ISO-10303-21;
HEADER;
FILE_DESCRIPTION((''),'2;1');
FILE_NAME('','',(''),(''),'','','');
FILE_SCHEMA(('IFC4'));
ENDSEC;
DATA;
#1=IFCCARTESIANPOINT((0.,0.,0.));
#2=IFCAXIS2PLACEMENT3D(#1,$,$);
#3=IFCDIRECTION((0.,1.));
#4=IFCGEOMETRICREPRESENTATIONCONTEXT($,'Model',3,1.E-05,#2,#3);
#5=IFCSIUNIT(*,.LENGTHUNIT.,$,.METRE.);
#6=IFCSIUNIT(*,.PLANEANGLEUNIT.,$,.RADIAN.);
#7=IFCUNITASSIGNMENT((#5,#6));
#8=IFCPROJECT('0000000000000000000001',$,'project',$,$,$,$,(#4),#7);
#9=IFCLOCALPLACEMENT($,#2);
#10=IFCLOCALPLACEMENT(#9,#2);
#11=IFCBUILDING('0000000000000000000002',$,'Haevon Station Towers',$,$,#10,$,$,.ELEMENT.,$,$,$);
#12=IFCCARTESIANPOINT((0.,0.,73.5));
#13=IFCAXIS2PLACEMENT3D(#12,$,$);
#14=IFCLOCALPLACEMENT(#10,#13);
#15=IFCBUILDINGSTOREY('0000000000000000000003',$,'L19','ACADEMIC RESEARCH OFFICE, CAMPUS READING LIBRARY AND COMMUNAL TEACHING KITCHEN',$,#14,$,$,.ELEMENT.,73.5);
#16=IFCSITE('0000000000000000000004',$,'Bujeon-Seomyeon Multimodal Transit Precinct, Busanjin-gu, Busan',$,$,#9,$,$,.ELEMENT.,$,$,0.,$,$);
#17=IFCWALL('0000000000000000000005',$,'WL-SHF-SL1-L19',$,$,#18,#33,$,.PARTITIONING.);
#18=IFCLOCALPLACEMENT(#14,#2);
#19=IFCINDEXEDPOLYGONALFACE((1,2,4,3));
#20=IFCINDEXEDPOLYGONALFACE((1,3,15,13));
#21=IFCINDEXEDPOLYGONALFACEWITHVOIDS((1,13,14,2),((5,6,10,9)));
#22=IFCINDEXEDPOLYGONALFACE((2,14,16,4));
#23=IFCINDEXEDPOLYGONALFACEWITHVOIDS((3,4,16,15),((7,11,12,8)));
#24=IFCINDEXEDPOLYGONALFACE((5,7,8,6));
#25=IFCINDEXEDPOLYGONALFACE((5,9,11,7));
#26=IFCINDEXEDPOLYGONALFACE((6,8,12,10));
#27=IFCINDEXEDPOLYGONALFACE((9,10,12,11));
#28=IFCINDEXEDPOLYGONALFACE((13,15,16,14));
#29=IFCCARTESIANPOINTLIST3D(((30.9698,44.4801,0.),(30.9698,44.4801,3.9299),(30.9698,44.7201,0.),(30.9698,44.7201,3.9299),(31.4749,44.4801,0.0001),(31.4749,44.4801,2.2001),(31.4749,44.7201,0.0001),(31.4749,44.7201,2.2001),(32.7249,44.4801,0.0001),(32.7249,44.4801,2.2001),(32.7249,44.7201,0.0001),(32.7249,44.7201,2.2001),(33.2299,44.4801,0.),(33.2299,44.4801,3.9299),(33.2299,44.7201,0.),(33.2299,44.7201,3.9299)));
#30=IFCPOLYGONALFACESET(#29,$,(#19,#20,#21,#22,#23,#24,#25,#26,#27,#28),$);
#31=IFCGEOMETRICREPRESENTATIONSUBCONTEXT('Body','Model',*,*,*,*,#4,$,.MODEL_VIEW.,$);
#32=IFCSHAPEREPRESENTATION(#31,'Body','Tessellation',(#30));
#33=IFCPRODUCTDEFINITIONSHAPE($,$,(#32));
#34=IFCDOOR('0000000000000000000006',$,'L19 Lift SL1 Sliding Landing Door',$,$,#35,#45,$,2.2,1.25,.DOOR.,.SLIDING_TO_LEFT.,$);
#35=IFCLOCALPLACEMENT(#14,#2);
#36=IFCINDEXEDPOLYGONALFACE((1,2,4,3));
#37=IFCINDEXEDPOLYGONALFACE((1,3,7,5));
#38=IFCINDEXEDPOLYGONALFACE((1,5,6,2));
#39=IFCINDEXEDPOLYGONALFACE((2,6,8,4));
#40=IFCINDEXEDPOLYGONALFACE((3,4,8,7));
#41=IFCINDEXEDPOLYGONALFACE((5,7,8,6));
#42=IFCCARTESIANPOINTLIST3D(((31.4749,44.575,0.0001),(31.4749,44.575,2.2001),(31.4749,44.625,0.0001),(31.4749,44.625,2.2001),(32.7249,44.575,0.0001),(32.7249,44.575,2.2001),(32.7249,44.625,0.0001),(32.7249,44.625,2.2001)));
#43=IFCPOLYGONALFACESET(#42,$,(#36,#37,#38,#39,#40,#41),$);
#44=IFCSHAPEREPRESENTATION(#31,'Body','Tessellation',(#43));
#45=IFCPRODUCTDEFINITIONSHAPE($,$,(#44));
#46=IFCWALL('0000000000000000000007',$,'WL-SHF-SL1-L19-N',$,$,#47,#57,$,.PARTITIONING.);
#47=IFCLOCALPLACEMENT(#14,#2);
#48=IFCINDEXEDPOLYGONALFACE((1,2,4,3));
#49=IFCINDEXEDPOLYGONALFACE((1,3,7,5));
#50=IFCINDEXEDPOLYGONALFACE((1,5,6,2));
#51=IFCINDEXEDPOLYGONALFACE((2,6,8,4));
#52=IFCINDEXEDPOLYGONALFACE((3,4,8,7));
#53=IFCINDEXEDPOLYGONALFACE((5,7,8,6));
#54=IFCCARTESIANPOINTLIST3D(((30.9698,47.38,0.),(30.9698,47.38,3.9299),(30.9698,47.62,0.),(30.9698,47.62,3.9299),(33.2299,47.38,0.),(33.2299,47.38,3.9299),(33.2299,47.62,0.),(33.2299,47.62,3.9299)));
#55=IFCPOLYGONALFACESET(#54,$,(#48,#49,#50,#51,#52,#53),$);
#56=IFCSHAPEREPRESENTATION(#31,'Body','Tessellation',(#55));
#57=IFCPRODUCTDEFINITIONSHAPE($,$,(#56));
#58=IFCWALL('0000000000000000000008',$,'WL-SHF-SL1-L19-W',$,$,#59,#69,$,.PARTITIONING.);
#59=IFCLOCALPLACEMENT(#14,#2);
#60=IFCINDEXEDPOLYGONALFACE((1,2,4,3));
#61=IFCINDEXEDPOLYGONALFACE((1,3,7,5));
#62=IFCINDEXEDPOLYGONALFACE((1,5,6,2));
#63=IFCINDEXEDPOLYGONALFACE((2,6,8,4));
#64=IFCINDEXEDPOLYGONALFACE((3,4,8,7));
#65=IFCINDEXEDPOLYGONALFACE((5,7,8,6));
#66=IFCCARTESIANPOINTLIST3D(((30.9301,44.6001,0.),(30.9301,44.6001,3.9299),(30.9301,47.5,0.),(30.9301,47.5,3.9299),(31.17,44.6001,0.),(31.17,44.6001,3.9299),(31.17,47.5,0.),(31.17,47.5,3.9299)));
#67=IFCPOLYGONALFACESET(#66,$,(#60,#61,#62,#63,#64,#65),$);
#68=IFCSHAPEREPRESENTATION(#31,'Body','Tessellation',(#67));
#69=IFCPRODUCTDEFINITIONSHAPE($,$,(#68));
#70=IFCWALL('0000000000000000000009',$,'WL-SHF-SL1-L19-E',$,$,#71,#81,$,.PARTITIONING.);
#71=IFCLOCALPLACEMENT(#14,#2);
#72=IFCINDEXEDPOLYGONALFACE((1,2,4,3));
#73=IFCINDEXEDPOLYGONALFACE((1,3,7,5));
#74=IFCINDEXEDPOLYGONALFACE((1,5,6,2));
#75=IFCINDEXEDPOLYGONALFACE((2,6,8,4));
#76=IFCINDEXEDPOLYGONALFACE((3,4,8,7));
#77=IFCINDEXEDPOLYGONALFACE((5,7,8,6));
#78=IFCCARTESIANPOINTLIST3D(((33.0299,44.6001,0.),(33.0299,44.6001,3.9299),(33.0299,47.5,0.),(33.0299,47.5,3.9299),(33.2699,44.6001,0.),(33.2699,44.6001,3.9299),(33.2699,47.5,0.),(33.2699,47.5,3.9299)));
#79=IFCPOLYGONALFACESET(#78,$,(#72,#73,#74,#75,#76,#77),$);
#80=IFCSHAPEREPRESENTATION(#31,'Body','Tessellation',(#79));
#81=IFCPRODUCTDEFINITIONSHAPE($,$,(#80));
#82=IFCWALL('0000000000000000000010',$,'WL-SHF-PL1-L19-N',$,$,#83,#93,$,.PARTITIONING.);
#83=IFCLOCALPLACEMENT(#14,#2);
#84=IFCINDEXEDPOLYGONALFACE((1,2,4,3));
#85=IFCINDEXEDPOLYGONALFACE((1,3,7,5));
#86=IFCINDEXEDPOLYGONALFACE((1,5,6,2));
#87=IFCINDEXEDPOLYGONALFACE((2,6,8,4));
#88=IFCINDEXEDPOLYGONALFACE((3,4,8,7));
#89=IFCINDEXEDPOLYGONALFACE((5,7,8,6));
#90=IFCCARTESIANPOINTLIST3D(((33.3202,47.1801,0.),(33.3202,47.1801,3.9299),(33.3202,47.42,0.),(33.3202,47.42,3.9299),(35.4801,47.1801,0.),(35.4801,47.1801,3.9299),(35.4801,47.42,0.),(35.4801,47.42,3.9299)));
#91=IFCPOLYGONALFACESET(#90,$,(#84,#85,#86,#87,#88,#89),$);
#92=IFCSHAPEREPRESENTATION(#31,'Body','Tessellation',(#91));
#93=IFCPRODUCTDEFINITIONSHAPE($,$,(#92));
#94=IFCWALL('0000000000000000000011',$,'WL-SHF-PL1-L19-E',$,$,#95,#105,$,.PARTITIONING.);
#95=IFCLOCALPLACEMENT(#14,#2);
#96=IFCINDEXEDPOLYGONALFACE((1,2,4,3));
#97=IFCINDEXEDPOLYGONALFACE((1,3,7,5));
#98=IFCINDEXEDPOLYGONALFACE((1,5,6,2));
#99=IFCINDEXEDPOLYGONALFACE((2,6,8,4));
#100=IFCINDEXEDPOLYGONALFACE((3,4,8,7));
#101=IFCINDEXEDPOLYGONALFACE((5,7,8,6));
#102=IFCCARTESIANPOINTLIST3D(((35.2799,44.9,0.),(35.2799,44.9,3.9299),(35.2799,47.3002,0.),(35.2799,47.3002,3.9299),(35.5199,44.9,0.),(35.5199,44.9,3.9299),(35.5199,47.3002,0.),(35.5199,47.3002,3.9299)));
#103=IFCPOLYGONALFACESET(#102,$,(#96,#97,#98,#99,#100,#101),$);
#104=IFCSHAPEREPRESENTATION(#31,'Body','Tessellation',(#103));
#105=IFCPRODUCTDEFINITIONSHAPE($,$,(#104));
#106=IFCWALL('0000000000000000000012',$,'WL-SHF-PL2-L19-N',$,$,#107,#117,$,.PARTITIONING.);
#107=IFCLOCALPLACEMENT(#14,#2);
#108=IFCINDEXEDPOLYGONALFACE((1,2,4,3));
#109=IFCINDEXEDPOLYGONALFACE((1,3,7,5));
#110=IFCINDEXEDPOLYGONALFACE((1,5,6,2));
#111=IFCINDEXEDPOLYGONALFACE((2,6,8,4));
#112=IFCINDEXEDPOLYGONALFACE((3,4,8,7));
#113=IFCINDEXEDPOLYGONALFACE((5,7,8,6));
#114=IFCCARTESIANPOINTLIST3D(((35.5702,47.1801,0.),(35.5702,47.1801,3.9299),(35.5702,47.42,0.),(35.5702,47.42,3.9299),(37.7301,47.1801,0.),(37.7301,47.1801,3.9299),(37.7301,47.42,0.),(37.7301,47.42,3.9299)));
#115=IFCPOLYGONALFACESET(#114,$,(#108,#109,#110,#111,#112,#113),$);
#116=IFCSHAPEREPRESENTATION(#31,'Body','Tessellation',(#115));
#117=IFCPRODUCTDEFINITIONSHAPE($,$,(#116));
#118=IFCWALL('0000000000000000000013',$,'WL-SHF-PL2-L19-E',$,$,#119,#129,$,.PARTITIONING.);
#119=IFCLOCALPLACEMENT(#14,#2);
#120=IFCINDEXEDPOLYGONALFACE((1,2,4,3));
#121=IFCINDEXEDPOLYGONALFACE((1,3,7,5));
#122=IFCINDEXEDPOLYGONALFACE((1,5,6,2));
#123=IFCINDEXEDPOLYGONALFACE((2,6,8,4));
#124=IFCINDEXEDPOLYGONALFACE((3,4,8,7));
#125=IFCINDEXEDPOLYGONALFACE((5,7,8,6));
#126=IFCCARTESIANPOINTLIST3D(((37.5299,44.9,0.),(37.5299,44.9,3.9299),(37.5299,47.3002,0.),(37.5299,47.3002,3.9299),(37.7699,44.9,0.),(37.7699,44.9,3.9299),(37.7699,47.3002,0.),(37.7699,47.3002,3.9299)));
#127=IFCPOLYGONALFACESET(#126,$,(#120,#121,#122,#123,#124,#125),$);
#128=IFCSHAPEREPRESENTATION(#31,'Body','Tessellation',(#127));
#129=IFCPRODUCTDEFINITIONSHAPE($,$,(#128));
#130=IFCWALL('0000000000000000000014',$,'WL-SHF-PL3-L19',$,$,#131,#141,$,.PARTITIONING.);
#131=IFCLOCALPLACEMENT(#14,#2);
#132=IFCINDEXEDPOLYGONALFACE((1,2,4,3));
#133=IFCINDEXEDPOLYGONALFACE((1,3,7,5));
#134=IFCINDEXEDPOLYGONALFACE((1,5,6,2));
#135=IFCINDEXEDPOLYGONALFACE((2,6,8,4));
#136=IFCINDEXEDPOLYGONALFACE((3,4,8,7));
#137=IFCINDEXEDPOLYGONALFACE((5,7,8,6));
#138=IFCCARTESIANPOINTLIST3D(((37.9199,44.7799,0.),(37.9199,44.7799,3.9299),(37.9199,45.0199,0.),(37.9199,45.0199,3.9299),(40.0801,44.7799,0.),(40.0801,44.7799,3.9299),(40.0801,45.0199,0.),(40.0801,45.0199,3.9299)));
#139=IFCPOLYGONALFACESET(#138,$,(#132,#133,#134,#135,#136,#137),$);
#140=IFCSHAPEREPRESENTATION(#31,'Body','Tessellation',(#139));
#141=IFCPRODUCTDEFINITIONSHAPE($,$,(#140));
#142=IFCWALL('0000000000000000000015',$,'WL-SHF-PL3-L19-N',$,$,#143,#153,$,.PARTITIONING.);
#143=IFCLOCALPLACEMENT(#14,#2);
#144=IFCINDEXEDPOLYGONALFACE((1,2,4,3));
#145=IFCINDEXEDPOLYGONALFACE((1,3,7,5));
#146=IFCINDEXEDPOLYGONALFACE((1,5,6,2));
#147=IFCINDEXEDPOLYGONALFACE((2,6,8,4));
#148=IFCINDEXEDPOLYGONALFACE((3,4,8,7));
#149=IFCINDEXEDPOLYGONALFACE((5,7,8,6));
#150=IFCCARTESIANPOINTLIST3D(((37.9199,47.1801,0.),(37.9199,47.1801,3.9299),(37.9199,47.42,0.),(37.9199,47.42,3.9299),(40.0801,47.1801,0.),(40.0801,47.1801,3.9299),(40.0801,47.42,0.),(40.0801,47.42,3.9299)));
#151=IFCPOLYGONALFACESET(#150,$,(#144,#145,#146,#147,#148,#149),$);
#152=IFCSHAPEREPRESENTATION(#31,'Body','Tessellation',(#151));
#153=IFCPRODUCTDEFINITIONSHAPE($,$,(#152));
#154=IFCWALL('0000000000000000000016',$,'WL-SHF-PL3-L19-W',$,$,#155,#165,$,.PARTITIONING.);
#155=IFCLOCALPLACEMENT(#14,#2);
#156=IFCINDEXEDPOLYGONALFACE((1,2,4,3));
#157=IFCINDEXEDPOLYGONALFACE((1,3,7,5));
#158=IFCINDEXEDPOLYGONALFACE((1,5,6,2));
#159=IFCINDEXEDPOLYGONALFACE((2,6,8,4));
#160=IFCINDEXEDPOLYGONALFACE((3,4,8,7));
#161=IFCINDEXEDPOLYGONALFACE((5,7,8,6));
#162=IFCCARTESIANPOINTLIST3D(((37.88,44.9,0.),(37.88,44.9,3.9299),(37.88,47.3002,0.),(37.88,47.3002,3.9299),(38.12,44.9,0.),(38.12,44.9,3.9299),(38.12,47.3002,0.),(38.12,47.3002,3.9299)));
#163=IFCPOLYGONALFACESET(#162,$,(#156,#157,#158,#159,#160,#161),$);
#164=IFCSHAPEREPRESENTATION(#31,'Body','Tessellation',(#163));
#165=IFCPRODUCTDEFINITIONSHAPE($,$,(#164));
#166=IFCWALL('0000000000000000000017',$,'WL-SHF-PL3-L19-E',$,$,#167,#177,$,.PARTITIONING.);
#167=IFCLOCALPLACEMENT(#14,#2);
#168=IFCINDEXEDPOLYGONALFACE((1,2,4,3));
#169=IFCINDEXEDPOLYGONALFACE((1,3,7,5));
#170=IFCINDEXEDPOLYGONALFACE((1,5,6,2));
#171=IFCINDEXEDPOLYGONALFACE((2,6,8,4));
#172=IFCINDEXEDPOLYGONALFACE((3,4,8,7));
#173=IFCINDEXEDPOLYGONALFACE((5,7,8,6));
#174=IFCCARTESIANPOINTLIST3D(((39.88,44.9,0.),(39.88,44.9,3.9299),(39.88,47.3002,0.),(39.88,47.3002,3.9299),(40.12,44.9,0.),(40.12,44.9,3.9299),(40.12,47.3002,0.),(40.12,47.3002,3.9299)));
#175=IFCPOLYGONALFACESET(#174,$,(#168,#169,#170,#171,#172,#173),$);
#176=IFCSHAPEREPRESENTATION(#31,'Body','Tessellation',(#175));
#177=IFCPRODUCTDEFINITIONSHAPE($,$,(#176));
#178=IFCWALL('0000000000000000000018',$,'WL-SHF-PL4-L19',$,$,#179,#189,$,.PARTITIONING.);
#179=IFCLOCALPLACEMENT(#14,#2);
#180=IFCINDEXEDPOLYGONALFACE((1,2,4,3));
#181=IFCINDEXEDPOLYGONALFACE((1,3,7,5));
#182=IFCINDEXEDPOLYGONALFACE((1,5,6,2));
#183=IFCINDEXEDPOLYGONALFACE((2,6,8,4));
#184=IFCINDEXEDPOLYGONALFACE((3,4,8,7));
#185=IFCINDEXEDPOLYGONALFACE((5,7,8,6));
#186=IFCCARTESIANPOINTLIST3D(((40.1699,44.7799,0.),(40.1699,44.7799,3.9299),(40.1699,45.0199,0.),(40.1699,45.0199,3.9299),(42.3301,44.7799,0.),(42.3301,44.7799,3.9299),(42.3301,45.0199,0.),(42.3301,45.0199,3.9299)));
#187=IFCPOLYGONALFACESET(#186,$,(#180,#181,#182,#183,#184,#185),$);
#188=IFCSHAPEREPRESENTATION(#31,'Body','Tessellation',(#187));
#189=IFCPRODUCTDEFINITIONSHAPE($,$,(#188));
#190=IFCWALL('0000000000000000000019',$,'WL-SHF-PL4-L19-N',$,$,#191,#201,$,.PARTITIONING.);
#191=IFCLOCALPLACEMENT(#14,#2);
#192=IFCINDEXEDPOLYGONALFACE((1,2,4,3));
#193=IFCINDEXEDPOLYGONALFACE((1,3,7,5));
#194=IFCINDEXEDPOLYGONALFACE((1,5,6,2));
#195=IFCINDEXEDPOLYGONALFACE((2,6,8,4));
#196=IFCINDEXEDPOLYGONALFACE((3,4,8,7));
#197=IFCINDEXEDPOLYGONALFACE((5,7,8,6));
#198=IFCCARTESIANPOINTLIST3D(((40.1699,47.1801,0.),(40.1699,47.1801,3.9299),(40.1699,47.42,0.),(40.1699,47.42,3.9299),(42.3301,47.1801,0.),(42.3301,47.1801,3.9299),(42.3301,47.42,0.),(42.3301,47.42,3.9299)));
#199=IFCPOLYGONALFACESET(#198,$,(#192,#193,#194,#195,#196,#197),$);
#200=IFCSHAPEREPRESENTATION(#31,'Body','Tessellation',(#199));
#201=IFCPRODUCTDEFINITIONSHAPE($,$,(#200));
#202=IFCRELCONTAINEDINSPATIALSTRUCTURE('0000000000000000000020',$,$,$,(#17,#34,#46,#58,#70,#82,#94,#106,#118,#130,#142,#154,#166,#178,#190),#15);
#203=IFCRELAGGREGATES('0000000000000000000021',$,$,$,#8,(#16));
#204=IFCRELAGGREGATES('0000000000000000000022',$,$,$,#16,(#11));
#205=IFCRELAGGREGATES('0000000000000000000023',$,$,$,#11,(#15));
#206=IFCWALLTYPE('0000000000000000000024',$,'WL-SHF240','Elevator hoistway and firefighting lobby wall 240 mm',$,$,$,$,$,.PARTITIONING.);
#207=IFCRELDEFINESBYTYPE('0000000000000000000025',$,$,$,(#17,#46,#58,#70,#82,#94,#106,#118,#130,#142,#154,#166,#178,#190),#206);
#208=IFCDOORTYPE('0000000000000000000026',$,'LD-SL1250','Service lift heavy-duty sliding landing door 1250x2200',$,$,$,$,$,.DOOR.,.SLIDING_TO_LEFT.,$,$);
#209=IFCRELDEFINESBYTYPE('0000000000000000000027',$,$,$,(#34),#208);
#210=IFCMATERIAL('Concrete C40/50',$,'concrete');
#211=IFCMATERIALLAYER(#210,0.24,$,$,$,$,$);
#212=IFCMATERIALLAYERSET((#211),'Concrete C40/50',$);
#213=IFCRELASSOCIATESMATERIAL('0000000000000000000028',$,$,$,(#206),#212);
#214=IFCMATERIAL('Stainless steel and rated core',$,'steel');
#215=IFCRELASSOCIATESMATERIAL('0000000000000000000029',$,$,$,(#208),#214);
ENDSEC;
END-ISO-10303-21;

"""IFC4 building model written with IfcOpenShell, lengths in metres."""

from ifc_helpers import new_model, si_unit, direction, frame, frame_2d, origin, place, context, subcontext, project, spatial, rectangle, extrude, material, layer, layer_set, type_object, element, fill, save


model = new_model("IFC4")

# Units and contexts
model_context = context("Model", 3, precision=1e-05, world=origin(), true_north=direction((0.0, 1.0)))
body_context = subcontext(model_context, "Body", "Model", "MODEL_VIEW")
ifc_project = project(units=[si_unit("LENGTHUNIT", "METRE"), si_unit("PLANEANGLEUNIT", "RADIAN")], contexts=[model_context])

# Site, building, storey
site_placement = place(None, origin())
site = spatial("IfcSite", under=ifc_project, at=site_placement, Name="Bujeon-Seomyeon Multimodal Transit Precinct, Busanjin-gu, Busan", CompositionType="ELEMENT", RefElevation=0.0)
building_placement = place(site_placement, origin())
building = spatial("IfcBuilding", under=site, at=building_placement, Name="Haevon Station Towers", CompositionType="ELEMENT")
storey_placement = place(building_placement, frame((0.0, 0.0, 73.5)))
storey = spatial("IfcBuildingStorey", under=building, at=storey_placement, Name="L19", Description="ACADEMIC RESEARCH OFFICE, CAMPUS READING LIBRARY AND COMMUNAL TEACHING KITCHEN", CompositionType="ELEMENT", Elevation=73.5)

# Wall, opening, door
ifc_material_1 = material(Name="Concrete C40/50", Category="concrete")
ifc_layer_1 = layer(ifc_material_1, 0.24)
ifc_layer_set_1 = layer_set([ifc_layer_1], Name="Concrete C40/50")
wall_type_1 = type_object("IfcWallType", Name="WL-SHF240", Description="Elevator hoistway and firefighting lobby wall 240 mm", PredefinedType="PARTITIONING", material=ifc_layer_set_1)
wall_1_placement = place(storey_placement, frame((30.97, 44.6001, 0.0), z_axis=(0.0, 0.0, 1.0), x_axis=(1.0, 0.0, 0.0)))
wall_1 = element("IfcWall", 1, at=wall_1_placement, inside=storey, type_object=wall_type_1, Name="WL-SHF-SL1-L19", PredefinedType="PARTITIONING", context=body_context, shape_type="SweptSolid", body=[
    extrude(rectangle(XDim=2.26, YDim=0.24, at=frame_2d((1.1299, 0.0))), origin(), (0.0, 0.0, 1.0), 3.9299),
])
opening_1_placement = place(wall_1_placement, frame((0.5049, 0.0, 0.0)))
opening_1 = element("IfcOpeningElement", 2, at=opening_1_placement, cuts=wall_1, PredefinedType="OPENING", context=body_context, shape_type="SweptSolid", body=[
    extrude(rectangle(XDim=1.25, YDim=2.2, at=frame_2d((0.625, 1.1001))), frame((0.0, 0.1299, 0.0), z_axis=(0.0, -1.0, 0.0), x_axis=(1.0, 0.0, 0.0)), (0.0, 0.0, 1.0), 0.26),
])
ifc_material_2 = material(Name="Stainless steel and rated core", Category="steel")
door_type_1 = type_object("IfcDoorType", Name="LD-SL1250", Description="Service lift heavy-duty sliding landing door 1250x2200", OperationType="SLIDING_TO_LEFT", PredefinedType="DOOR", material=ifc_material_2)
door_1_placement = place(opening_1_placement, origin())
door_1 = element("IfcDoor", 3, at=door_1_placement, inside=storey, type_object=door_type_1, Name="L19 Lift SL1 Sliding Landing Door", OperationType="SLIDING_TO_LEFT", OverallHeight=2.2, OverallWidth=1.25, PredefinedType="DOOR", context=body_context, shape_type="SweptSolid", body=[
    extrude(rectangle(XDim=1.25, YDim=2.2, at=frame_2d((0.625, 1.1001))), frame((0.0, 0.0249, 0.0), z_axis=(0.0, -1.0, 0.0), x_axis=(1.0, 0.0, 0.0)), (0.0, 0.0, 1.0), 0.05),
])
fill(opening_1, door_1)

# Walls
wall_2_placement = place(storey_placement, frame((30.97, 47.5, 0.0), z_axis=(0.0, 0.0, 1.0), x_axis=(1.0, 0.0, 0.0)))
element("IfcWall", 4, at=wall_2_placement, inside=storey, type_object=wall_type_1, Name="WL-SHF-SL1-L19-N", PredefinedType="PARTITIONING", context=body_context, shape_type="SweptSolid", body=[
    extrude(rectangle(XDim=2.26, YDim=0.24, at=frame_2d((1.1299, 0.0))), origin(), (0.0, 0.0, 1.0), 3.9299),
])
for number, where, z_axis, x_axis, name in (
    (5, (31.05, 44.6001, 0.0), (0.0, 0.0, 1.0), (0.0, 1.0, 0.0), "WL-SHF-SL1-L19-W"),
    (6, (33.1499, 44.6001, 0.0), (0.0, 0.0, 1.0), (0.0, 1.0, 0.0), "WL-SHF-SL1-L19-E"),
):
    element("IfcWall", number, at=place(storey_placement, frame(where, z_axis=z_axis, x_axis=x_axis)), inside=storey, type_object=wall_type_1, Name=name, PredefinedType="PARTITIONING", context=body_context, shape_type="SweptSolid", body=[
        extrude(rectangle(XDim=2.8999, YDim=0.24, at=frame_2d((1.45, 0.0))), origin(), (0.0, 0.0, 1.0), 3.9299),
    ])

# Walls
wall_3_placement = place(storey_placement, frame((33.3201, 47.3, 0.0), z_axis=(0.0, 0.0, 1.0), x_axis=(1.0, 0.0, 0.0)))
element("IfcWall", 7, at=wall_3_placement, inside=storey, type_object=wall_type_1, Name="WL-SHF-PL1-L19-N", PredefinedType="PARTITIONING", context=body_context, shape_type="SweptSolid", body=[
    extrude(rectangle(XDim=2.1599, YDim=0.24, at=frame_2d((1.0801, 0.0))), origin(), (0.0, 0.0, 1.0), 3.9299),
])
wall_4_placement = place(storey_placement, frame((35.3999, 44.8999, 0.0), z_axis=(0.0, 0.0, 1.0), x_axis=(0.0, 1.0, 0.0)))
element("IfcWall", 8, at=wall_4_placement, inside=storey, type_object=wall_type_1, Name="WL-SHF-PL1-L19-E", PredefinedType="PARTITIONING", context=body_context, shape_type="SweptSolid", body=[
    extrude(rectangle(XDim=2.4001, YDim=0.24, at=frame_2d((1.2002, 0.0))), origin(), (0.0, 0.0, 1.0), 3.9299),
])

# Walls
wall_5_placement = place(storey_placement, frame((35.5701, 47.3, 0.0), z_axis=(0.0, 0.0, 1.0), x_axis=(1.0, 0.0, 0.0)))
element("IfcWall", 9, at=wall_5_placement, inside=storey, type_object=wall_type_1, Name="WL-SHF-PL2-L19-N", PredefinedType="PARTITIONING", context=body_context, shape_type="SweptSolid", body=[
    extrude(rectangle(XDim=2.1599, YDim=0.24, at=frame_2d((1.0801, 0.0))), origin(), (0.0, 0.0, 1.0), 3.9299),
])
wall_6_placement = place(storey_placement, frame((37.6499, 44.8999, 0.0), z_axis=(0.0, 0.0, 1.0), x_axis=(0.0, 1.0, 0.0)))
element("IfcWall", 10, at=wall_6_placement, inside=storey, type_object=wall_type_1, Name="WL-SHF-PL2-L19-E", PredefinedType="PARTITIONING", context=body_context, shape_type="SweptSolid", body=[
    extrude(rectangle(XDim=2.4001, YDim=0.24, at=frame_2d((1.2002, 0.0))), origin(), (0.0, 0.0, 1.0), 3.9299),
])
for number, where, z_axis, x_axis, name in (
    (11, (37.9199, 44.8999, 0.0), (0.0, 0.0, 1.0), (1.0, 0.0, 0.0), "WL-SHF-PL3-L19"),
    (12, (37.9199, 47.3, 0.0), (0.0, 0.0, 1.0), (1.0, 0.0, 0.0), "WL-SHF-PL3-L19-N"),
):
    element("IfcWall", number, at=place(storey_placement, frame(where, z_axis=z_axis, x_axis=x_axis)), inside=storey, type_object=wall_type_1, Name=name, PredefinedType="PARTITIONING", context=body_context, shape_type="SweptSolid", body=[
        extrude(rectangle(XDim=2.1602, YDim=0.24, at=frame_2d((1.0801, 0.0))), origin(), (0.0, 0.0, 1.0), 3.9299),
    ])
for number, where, z_axis, x_axis, name in (
    (13, (38.0, 44.8999, 0.0), (0.0, 0.0, 1.0), (0.0, 1.0, 0.0), "WL-SHF-PL3-L19-W"),
    (14, (40.0, 44.8999, 0.0), (0.0, 0.0, 1.0), (0.0, 1.0, 0.0), "WL-SHF-PL3-L19-E"),
):
    element("IfcWall", number, at=place(storey_placement, frame(where, z_axis=z_axis, x_axis=x_axis)), inside=storey, type_object=wall_type_1, Name=name, PredefinedType="PARTITIONING", context=body_context, shape_type="SweptSolid", body=[
        extrude(rectangle(XDim=2.4001, YDim=0.24, at=frame_2d((1.2002, 0.0))), origin(), (0.0, 0.0, 1.0), 3.9299),
    ])
for number, where, z_axis, x_axis, name in (
    (15, (40.1699, 44.8999, 0.0), (0.0, 0.0, 1.0), (1.0, 0.0, 0.0), "WL-SHF-PL4-L19"),
    (16, (40.1699, 47.3, 0.0), (0.0, 0.0, 1.0), (1.0, 0.0, 0.0), "WL-SHF-PL4-L19-N"),
):
    element("IfcWall", number, at=place(storey_placement, frame(where, z_axis=z_axis, x_axis=x_axis)), inside=storey, type_object=wall_type_1, Name=name, PredefinedType="PARTITIONING", context=body_context, shape_type="SweptSolid", body=[
        extrude(rectangle(XDim=2.1602, YDim=0.24, at=frame_2d((1.0801, 0.0))), origin(), (0.0, 0.0, 1.0), 3.9299),
    ])

save(model, "model.ifc")
